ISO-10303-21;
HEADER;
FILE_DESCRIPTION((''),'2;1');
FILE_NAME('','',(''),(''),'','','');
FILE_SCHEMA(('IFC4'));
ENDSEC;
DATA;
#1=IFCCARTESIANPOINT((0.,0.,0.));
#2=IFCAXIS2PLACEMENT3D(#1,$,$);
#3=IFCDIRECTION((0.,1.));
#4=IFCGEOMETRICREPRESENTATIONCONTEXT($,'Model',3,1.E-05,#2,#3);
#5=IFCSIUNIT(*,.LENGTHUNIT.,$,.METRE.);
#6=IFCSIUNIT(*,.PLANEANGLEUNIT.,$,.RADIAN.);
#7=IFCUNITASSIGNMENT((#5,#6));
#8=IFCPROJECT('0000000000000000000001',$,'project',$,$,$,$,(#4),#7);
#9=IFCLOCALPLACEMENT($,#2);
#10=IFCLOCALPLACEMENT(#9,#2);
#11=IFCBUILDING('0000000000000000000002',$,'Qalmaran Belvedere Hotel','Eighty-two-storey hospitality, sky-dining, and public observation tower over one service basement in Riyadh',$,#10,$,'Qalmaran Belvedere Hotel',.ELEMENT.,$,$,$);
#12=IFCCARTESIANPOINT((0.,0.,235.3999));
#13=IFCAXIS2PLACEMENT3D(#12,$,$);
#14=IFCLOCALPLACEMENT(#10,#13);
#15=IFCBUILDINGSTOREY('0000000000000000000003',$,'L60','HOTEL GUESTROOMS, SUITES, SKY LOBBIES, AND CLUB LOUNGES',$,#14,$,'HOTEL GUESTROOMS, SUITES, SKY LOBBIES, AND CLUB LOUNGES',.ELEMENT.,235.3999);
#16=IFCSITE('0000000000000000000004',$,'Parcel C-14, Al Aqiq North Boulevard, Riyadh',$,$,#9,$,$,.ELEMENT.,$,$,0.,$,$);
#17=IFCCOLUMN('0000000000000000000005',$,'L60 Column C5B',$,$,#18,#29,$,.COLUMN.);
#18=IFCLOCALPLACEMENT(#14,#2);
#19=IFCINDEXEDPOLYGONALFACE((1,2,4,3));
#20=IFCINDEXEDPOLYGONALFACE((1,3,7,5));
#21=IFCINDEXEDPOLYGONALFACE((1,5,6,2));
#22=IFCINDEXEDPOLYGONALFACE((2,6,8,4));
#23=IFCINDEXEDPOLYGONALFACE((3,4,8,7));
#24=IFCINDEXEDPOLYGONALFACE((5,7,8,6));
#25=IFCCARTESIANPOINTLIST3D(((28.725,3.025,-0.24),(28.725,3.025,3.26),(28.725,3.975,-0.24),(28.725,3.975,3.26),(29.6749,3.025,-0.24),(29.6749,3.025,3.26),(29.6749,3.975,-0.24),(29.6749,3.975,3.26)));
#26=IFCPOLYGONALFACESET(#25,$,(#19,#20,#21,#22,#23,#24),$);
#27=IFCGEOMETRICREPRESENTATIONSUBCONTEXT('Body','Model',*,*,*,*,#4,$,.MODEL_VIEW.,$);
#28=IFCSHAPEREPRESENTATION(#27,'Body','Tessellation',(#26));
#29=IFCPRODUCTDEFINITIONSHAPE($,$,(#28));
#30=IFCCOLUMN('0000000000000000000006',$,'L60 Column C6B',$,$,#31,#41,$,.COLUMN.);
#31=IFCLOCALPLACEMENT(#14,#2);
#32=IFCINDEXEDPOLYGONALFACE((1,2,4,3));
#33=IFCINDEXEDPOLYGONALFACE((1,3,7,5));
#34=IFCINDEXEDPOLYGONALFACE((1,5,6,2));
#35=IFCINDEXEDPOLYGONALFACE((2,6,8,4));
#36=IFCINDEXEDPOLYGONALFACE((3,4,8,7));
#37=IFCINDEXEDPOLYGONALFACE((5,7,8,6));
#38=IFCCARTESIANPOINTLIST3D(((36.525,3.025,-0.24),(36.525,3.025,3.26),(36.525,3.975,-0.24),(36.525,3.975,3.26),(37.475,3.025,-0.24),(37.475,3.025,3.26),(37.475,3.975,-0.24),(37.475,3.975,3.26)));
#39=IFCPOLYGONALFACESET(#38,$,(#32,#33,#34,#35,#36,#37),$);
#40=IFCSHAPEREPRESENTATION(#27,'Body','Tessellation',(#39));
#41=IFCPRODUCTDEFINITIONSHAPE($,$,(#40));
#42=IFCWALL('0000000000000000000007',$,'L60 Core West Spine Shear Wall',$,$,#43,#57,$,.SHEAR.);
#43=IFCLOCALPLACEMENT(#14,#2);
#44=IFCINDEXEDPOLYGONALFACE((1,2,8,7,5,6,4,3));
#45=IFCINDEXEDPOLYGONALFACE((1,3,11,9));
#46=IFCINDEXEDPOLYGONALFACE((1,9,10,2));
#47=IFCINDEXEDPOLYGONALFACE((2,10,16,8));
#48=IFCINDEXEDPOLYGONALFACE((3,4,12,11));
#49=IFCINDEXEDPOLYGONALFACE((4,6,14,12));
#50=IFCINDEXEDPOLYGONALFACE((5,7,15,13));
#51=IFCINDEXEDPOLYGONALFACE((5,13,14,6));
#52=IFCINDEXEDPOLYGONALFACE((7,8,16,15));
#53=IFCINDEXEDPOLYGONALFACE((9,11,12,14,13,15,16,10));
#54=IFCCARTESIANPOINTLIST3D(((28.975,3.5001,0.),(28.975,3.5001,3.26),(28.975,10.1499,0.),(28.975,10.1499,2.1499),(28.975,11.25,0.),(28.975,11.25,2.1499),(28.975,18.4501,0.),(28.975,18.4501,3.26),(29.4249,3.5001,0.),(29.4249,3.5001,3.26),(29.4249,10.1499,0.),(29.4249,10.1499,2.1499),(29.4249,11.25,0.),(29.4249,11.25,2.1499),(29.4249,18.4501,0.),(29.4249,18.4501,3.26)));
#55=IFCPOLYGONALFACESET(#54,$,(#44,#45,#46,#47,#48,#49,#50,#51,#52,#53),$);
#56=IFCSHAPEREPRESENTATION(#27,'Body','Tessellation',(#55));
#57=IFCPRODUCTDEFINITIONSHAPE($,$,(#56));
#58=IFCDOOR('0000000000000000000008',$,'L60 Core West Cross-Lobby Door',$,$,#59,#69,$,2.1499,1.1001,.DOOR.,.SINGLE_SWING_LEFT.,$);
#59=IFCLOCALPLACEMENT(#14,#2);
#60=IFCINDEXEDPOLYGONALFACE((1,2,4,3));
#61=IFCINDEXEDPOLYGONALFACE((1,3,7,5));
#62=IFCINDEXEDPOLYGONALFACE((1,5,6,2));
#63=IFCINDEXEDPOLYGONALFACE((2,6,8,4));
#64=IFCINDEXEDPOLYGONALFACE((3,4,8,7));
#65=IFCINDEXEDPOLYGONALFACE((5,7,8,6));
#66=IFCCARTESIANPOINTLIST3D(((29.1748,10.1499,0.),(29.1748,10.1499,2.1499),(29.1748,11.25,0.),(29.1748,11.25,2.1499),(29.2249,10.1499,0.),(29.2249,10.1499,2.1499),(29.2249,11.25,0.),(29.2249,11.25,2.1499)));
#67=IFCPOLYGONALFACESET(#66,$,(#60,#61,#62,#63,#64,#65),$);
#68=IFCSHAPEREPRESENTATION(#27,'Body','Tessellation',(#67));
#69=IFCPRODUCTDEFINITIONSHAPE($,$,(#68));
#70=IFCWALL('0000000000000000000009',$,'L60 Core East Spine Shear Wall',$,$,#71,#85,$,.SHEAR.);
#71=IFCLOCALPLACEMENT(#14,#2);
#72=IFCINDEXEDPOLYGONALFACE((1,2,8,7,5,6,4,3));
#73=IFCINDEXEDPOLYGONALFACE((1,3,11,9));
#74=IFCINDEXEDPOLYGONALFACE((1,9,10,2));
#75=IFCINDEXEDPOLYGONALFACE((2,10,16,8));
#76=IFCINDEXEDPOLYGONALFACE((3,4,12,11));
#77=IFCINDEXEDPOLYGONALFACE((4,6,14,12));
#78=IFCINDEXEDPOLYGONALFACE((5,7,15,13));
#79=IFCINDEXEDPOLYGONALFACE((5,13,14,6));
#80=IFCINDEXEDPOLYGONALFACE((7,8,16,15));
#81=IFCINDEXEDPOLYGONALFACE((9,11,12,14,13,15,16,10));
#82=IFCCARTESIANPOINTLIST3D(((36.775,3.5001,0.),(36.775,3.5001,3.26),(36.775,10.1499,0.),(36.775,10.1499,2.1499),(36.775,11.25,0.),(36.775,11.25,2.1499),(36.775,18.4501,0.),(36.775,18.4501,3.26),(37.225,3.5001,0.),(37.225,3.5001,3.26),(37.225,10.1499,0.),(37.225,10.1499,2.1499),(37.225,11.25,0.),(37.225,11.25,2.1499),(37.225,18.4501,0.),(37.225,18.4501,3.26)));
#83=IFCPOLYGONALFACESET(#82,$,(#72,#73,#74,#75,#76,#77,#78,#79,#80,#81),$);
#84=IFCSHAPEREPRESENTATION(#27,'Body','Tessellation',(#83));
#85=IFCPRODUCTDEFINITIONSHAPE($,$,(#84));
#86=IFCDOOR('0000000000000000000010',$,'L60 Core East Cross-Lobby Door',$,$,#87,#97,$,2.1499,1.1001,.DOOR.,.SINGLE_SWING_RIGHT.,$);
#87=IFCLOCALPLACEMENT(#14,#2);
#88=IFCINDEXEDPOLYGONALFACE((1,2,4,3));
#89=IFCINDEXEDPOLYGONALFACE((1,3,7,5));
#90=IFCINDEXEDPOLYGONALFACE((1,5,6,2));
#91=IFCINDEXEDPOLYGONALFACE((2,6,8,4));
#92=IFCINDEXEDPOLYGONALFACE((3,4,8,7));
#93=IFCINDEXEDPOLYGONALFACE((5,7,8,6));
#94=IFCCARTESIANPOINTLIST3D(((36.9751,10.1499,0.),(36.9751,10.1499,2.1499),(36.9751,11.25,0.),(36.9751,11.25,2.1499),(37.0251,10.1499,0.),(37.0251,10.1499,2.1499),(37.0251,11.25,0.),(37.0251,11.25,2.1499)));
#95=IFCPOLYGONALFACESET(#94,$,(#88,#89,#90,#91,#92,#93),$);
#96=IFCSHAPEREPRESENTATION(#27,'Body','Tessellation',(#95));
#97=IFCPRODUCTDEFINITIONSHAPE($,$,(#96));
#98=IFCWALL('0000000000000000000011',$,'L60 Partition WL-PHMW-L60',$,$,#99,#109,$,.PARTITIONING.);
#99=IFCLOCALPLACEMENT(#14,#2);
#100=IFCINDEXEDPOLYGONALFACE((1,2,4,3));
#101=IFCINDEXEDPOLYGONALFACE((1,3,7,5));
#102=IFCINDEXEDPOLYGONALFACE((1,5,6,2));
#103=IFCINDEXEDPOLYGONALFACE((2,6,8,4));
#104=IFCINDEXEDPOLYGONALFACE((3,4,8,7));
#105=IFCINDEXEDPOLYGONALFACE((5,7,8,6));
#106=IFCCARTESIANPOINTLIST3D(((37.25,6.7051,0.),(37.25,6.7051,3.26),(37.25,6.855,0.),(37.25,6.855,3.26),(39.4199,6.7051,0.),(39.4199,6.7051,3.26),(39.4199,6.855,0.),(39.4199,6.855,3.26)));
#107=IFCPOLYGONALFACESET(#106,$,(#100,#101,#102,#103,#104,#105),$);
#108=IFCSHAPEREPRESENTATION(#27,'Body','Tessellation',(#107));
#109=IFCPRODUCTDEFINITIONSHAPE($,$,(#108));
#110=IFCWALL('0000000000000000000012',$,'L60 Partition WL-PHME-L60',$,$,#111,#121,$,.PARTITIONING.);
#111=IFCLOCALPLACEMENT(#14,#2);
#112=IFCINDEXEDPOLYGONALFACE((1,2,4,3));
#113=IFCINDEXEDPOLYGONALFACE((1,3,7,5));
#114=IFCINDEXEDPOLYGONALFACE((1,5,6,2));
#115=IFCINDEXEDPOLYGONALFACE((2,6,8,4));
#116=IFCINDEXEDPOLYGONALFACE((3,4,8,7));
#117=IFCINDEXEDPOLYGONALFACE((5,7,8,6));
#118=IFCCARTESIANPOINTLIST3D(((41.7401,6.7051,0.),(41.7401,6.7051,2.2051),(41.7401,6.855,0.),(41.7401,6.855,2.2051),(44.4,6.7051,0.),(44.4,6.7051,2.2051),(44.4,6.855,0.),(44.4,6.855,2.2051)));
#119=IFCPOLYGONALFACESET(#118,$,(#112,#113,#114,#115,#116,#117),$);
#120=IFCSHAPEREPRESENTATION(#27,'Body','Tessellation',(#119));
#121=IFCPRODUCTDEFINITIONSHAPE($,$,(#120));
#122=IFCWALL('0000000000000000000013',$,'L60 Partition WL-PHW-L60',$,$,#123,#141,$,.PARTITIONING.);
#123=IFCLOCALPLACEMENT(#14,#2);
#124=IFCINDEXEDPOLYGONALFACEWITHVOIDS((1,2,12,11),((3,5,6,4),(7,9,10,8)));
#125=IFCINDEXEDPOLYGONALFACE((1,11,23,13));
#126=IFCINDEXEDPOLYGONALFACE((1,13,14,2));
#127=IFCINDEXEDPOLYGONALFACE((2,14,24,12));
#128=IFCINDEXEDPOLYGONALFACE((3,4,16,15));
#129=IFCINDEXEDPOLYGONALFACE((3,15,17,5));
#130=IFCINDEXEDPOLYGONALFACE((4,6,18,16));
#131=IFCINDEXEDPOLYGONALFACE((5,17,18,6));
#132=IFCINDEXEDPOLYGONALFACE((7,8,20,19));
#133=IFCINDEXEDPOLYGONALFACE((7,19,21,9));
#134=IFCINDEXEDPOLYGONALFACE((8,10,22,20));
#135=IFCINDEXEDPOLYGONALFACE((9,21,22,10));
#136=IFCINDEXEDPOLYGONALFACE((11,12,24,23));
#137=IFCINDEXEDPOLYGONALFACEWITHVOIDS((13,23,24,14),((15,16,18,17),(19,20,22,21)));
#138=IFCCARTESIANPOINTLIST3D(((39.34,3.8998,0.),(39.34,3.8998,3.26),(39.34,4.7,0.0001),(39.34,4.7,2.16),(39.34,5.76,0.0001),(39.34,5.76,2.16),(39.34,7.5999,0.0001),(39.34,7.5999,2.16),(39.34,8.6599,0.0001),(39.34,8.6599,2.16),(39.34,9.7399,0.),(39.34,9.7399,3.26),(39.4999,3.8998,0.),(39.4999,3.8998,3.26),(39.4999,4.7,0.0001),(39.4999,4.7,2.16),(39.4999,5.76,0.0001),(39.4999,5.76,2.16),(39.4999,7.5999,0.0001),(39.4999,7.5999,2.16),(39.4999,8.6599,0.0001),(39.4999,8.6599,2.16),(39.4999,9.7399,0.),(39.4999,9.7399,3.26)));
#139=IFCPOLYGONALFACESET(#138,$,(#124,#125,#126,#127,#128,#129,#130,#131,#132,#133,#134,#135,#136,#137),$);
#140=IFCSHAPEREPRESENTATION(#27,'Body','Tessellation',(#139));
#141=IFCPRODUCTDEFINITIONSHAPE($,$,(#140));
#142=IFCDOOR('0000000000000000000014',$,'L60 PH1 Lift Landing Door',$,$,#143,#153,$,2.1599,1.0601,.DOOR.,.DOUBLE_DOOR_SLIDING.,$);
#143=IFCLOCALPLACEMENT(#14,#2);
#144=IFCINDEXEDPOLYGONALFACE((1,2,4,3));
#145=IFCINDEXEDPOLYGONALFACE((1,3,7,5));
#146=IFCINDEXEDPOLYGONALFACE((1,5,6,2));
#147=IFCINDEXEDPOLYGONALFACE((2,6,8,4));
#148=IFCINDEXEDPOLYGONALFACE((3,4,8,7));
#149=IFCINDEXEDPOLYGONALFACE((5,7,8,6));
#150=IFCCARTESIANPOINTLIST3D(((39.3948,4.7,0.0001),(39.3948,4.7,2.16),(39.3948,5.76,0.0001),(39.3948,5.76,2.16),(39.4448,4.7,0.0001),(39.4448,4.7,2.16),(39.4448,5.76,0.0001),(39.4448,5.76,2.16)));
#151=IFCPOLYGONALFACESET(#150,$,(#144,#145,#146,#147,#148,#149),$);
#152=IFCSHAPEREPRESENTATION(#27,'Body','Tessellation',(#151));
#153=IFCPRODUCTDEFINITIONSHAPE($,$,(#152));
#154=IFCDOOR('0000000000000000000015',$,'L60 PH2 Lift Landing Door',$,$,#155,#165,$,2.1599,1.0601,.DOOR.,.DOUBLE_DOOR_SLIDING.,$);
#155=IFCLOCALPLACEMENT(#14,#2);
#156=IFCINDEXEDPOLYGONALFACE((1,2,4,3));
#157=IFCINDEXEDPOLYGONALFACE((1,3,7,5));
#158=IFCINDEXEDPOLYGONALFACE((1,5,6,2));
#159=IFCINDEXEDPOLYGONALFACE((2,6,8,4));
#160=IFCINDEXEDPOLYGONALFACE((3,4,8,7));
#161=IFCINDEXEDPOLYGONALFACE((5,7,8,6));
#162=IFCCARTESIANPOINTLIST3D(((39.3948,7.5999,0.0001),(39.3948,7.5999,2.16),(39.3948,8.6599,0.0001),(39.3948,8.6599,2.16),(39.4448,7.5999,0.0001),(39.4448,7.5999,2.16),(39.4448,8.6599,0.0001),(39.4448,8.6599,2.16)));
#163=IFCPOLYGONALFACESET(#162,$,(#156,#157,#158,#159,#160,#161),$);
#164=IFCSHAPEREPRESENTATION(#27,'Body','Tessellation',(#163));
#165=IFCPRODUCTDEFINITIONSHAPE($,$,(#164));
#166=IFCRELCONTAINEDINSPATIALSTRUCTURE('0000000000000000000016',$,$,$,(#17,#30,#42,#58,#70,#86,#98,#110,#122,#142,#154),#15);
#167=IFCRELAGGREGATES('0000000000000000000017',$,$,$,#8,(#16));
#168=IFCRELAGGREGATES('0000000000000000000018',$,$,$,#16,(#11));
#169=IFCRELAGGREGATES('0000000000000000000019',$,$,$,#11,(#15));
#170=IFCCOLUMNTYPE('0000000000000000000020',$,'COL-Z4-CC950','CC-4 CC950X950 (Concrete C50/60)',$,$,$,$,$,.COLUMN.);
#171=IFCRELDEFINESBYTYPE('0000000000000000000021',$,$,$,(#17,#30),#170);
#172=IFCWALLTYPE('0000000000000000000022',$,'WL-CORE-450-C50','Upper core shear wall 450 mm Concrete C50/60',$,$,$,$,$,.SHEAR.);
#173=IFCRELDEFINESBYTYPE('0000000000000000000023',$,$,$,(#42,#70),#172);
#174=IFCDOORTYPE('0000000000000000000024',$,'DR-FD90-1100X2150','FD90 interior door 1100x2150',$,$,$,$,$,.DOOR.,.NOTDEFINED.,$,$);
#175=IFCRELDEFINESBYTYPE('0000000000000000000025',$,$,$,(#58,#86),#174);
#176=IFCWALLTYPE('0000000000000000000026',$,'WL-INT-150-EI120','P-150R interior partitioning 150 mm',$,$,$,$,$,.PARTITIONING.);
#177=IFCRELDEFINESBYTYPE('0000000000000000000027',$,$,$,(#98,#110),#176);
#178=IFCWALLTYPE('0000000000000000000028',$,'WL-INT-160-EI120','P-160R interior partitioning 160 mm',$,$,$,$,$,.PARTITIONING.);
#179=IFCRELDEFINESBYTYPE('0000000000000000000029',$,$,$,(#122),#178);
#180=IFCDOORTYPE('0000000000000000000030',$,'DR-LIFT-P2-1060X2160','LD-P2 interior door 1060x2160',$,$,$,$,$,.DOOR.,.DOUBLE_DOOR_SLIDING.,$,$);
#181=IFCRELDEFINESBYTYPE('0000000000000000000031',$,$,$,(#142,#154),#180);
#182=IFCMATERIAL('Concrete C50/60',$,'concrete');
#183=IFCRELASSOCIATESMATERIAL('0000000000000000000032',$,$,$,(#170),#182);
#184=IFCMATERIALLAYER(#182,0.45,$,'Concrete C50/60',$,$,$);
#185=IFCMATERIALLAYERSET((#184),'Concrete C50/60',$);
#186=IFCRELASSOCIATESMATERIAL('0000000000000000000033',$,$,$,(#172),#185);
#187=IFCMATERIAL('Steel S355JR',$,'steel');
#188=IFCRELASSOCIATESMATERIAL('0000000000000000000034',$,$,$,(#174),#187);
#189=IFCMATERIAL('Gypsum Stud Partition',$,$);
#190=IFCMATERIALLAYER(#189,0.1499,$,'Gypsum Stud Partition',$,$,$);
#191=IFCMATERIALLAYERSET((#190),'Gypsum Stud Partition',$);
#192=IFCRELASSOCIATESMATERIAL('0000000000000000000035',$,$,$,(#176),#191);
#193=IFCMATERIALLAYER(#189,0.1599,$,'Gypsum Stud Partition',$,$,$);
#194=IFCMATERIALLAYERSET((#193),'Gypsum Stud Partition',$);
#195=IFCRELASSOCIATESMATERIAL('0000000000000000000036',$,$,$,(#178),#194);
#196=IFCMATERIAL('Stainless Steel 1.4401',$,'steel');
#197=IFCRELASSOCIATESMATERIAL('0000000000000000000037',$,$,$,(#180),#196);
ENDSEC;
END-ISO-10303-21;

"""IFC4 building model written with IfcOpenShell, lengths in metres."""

from ifc_helpers import new_model, si_unit, direction, frame, frame_2d, origin, origin_2d, place, context, subcontext, project, spatial, rectangle, extrude, material, layer, layer_set, material_profile, profile_set, type_object, element, fill, save


model = new_model("IFC4")

# Units and contexts
model_context = context("Model", 3, precision=1e-05, world=origin(), true_north=direction((0.0, 1.0)))
body_context = subcontext(model_context, "Body", "Model", "MODEL_VIEW")
ifc_project = project(units=[si_unit("LENGTHUNIT", "METRE"), si_unit("PLANEANGLEUNIT", "RADIAN")], contexts=[model_context])

# Site, building, storey
site_placement = place(None, origin())
site = spatial("IfcSite", under=ifc_project, at=site_placement, Name="Parcel C-14, Al Aqiq North Boulevard, Riyadh", CompositionType="ELEMENT", RefElevation=0.0)
building_placement = place(site_placement, origin())
building = spatial("IfcBuilding", under=site, at=building_placement, Name="Qalmaran Belvedere Hotel", Description="Eighty-two-storey hospitality, sky-dining, and public observation tower over one service basement in Riyadh", LongName="Qalmaran Belvedere Hotel", CompositionType="ELEMENT")
storey_placement = place(building_placement, frame((0.0, 0.0, 235.3999)))
storey = spatial("IfcBuildingStorey", under=building, at=storey_placement, Name="L60", Description="HOTEL GUESTROOMS, SUITES, SKY LOBBIES, AND CLUB LOUNGES", LongName="HOTEL GUESTROOMS, SUITES, SKY LOBBIES, AND CLUB LOUNGES", CompositionType="ELEMENT", Elevation=235.3999)

# Columns
ifc_material_1 = material(Name="Concrete C50/60", Category="concrete")
ifc_material_profile = material_profile(ifc_material_1, rectangle(XDim=0.95, YDim=0.95, at=origin_2d()), Name="CC950X950")
ifc_profile_set = profile_set([ifc_material_profile], Name="Concrete C50/60")
column_type = type_object("IfcColumnType", Name="COL-Z4-CC950", Description="CC-4 CC950X950 (Concrete C50/60)", PredefinedType="COLUMN", material=ifc_profile_set)
for number, where, z_axis, x_axis, name in (
    (1, (29.2, 3.5, -0.24), (0.0, 0.0, 1.0), (1.0, 0.0, 0.0), "L60 Column C5B"),
    (2, (37.0, 3.5, -0.24), (0.0, 0.0, 1.0), (1.0, 0.0, 0.0), "L60 Column C6B"),
):
    element("IfcColumn", number, at=place(storey_placement, frame(where, z_axis=z_axis, x_axis=x_axis)), inside=storey, type_object=column_type, Name=name, PredefinedType="COLUMN", context=body_context, shape_type="SweptSolid", body=[
        extrude(rectangle(XDim=0.95, YDim=0.95, at=origin_2d()), origin(), (0.0, 0.0, 1.0), 3.5),
    ])

# Walls, openings, doors
ifc_layer_1 = layer(ifc_material_1, 0.45, Name="Concrete C50/60")
ifc_layer_set_1 = layer_set([ifc_layer_1], Name="Concrete C50/60")
wall_type_1 = type_object("IfcWallType", Name="WL-CORE-450-C50", Description="Upper core shear wall 450 mm Concrete C50/60", PredefinedType="SHEAR", material=ifc_layer_set_1)
wall_1_placement = place(storey_placement, frame((29.2, 3.5, 0.0), z_axis=(0.0, 0.0, 1.0), x_axis=(0.0, 1.0, 0.0)))
wall_1 = element("IfcWall", 3, at=wall_1_placement, inside=storey, type_object=wall_type_1, Name="L60 Core West Spine Shear Wall", PredefinedType="SHEAR", context=body_context, shape_type="SweptSolid", body=[
    extrude(rectangle(XDim=14.95, YDim=0.45, at=frame_2d((7.4751, 0.0))), origin(), (0.0, 0.0, 1.0), 3.26),
])
opening_1_placement = place(wall_1_placement, frame((7.75, 0.0, 0.0), z_axis=(0.0, 0.0, 1.0), x_axis=(-1.0, 0.0, 0.0)))
opening_1 = element("IfcOpeningElement", 4, at=opening_1_placement, cuts=wall_1, PredefinedType="OPENING", context=body_context, shape_type="SweptSolid", body=[
    extrude(rectangle(XDim=1.1001, YDim=2.1499, at=frame_2d((0.55, 1.075))), frame((0.0, 0.2349, 0.0), z_axis=(0.0, -1.0, 0.0), x_axis=(1.0, 0.0, 0.0)), (0.0, 0.0, 1.0), 0.47),
])
ifc_material_2 = material(Name="Steel S355JR", Category="steel")
door_type_1 = type_object("IfcDoorType", Name="DR-FD90-1100X2150", Description="FD90 interior door 1100x2150", OperationType="NOTDEFINED", PredefinedType="DOOR", material=ifc_material_2)
door_1_placement = place(opening_1_placement, origin())
door_1 = element("IfcDoor", 5, at=door_1_placement, inside=storey, type_object=door_type_1, Name="L60 Core West Cross-Lobby Door", OperationType="SINGLE_SWING_LEFT", OverallHeight=2.1499, OverallWidth=1.1001, PredefinedType="DOOR", context=body_context, shape_type="SweptSolid", body=[
    extrude(rectangle(XDim=1.1001, YDim=2.1499, at=frame_2d((0.55, 1.075))), frame((0.0, 0.0249, 0.0), z_axis=(0.0, -1.0, 0.0), x_axis=(1.0, 0.0, 0.0)), (0.0, 0.0, 1.0), 0.05),
])
fill(opening_1, door_1)
wall_2_placement = place(storey_placement, frame((37.0, 3.5, 0.0), z_axis=(0.0, 0.0, 1.0), x_axis=(0.0, 1.0, 0.0)))
wall_2 = element("IfcWall", 6, at=wall_2_placement, inside=storey, type_object=wall_type_1, Name="L60 Core East Spine Shear Wall", PredefinedType="SHEAR", context=body_context, shape_type="SweptSolid", body=[
    extrude(rectangle(XDim=14.95, YDim=0.45, at=frame_2d((7.4751, 0.0))), origin(), (0.0, 0.0, 1.0), 3.26),
])
opening_2_placement = place(wall_2_placement, frame((6.6499, 0.0, 0.0)))
opening_2 = element("IfcOpeningElement", 7, at=opening_2_placement, cuts=wall_2, PredefinedType="OPENING", context=body_context, shape_type="SweptSolid", body=[
    extrude(rectangle(XDim=1.1001, YDim=2.1499, at=frame_2d((0.55, 1.075))), frame((0.0, 0.2349, 0.0), z_axis=(0.0, -1.0, 0.0), x_axis=(1.0, 0.0, 0.0)), (0.0, 0.0, 1.0), 0.47),
])
door_2_placement = place(opening_2_placement, origin())
door_2 = element("IfcDoor", 8, at=door_2_placement, inside=storey, type_object=door_type_1, Name="L60 Core East Cross-Lobby Door", OperationType="SINGLE_SWING_RIGHT", OverallHeight=2.1499, OverallWidth=1.1001, PredefinedType="DOOR", context=body_context, shape_type="SweptSolid", body=[
    extrude(rectangle(XDim=1.1001, YDim=2.1499, at=frame_2d((0.55, 1.075))), frame((0.0, 0.0249, 0.0), z_axis=(0.0, -1.0, 0.0), x_axis=(1.0, 0.0, 0.0)), (0.0, 0.0, 1.0), 0.05),
])
fill(opening_2, door_2)

# Walls
ifc_material_3 = material(Name="Gypsum Stud Partition")
ifc_layer_2 = layer(ifc_material_3, 0.1499, Name="Gypsum Stud Partition")
ifc_layer_set_2 = layer_set([ifc_layer_2], Name="Gypsum Stud Partition")
wall_type_2 = type_object("IfcWallType", Name="WL-INT-150-EI120", Description="P-150R interior partitioning 150 mm", PredefinedType="PARTITIONING", material=ifc_layer_set_2)
wall_3_placement = place(storey_placement, frame((37.25, 6.78, 0.0), z_axis=(0.0, 0.0, 1.0), x_axis=(1.0, 0.0, 0.0)))
element("IfcWall", 9, at=wall_3_placement, inside=storey, type_object=wall_type_2, Name="L60 Partition WL-PHMW-L60", PredefinedType="PARTITIONING", context=body_context, shape_type="SweptSolid", body=[
    extrude(rectangle(XDim=2.1699, YDim=0.1499, at=frame_2d((1.085, 0.0))), origin(), (0.0, 0.0, 1.0), 3.26),
])
wall_4_placement = place(storey_placement, frame((41.74, 6.78, 0.0), z_axis=(0.0, 0.0, 1.0), x_axis=(1.0, 0.0, 0.0)))
element("IfcWall", 10, at=wall_4_placement, inside=storey, type_object=wall_type_2, Name="L60 Partition WL-PHME-L60", PredefinedType="PARTITIONING", context=body_context, shape_type="SweptSolid", body=[
    extrude(rectangle(XDim=2.6599, YDim=0.1499, at=frame_2d((1.3301, 0.0))), origin(), (0.0, 0.0, 1.0), 2.2051),
])

# Wall, openings, doors
ifc_layer_3 = layer(ifc_material_3, 0.1599, Name="Gypsum Stud Partition")
ifc_layer_set_3 = layer_set([ifc_layer_3], Name="Gypsum Stud Partition")
wall_type_3 = type_object("IfcWallType", Name="WL-INT-160-EI120", Description="P-160R interior partitioning 160 mm", PredefinedType="PARTITIONING", material=ifc_layer_set_3)
wall_5_placement = place(storey_placement, frame((39.4199, 3.8999, 0.0), z_axis=(0.0, 0.0, 1.0), x_axis=(0.0, 1.0, 0.0)))
wall_5 = element("IfcWall", 11, at=wall_5_placement, inside=storey, type_object=wall_type_3, Name="L60 Partition WL-PHW-L60", PredefinedType="PARTITIONING", context=body_context, shape_type="SweptSolid", body=[
    extrude(rectangle(XDim=5.8401, YDim=0.1599, at=frame_2d((2.9199, 0.0))), origin(), (0.0, 0.0, 1.0), 3.26),
])
opening_3_placement = place(wall_5_placement, frame((1.8601, 0.0, 0.0), z_axis=(0.0, 0.0, 1.0), x_axis=(-1.0, 0.0, 0.0)))
opening_3 = element("IfcOpeningElement", 12, at=opening_3_placement, cuts=wall_5, PredefinedType="OPENING", context=body_context, shape_type="SweptSolid", body=[
    extrude(rectangle(XDim=1.0601, YDim=2.1599, at=frame_2d((0.53, 1.0801))), frame((0.0, 0.0898, 0.0), z_axis=(0.0, -1.0, 0.0), x_axis=(1.0, 0.0, 0.0)), (0.0, 0.0, 1.0), 0.1799),
])
opening_4_placement = place(wall_5_placement, frame((4.76, 0.0, 0.0), z_axis=(0.0, 0.0, 1.0), x_axis=(-1.0, 0.0, 0.0)))
opening_4 = element("IfcOpeningElement", 13, at=opening_4_placement, cuts=wall_5, PredefinedType="OPENING", context=body_context, shape_type="SweptSolid", body=[
    extrude(rectangle(XDim=1.0601, YDim=2.1599, at=frame_2d((0.53, 1.0801))), frame((0.0, 0.0898, 0.0), z_axis=(0.0, -1.0, 0.0), x_axis=(1.0, 0.0, 0.0)), (0.0, 0.0, 1.0), 0.1799),
])
ifc_material_4 = material(Name="Stainless Steel 1.4401", Category="steel")
door_type_2 = type_object("IfcDoorType", Name="DR-LIFT-P2-1060X2160", Description="LD-P2 interior door 1060x2160", OperationType="DOUBLE_DOOR_SLIDING", PredefinedType="DOOR", material=ifc_material_4)
door_3_placement = place(opening_3_placement, origin())
door_3 = element("IfcDoor", 14, at=door_3_placement, inside=storey, type_object=door_type_2, Name="L60 PH1 Lift Landing Door", OperationType="DOUBLE_DOOR_SLIDING", OverallHeight=2.1599, OverallWidth=1.0601, PredefinedType="DOOR", context=body_context, shape_type="SweptSolid", body=[
    extrude(rectangle(XDim=1.0601, YDim=2.1599, at=frame_2d((0.53, 1.0801))), frame((0.0, 0.0249, 0.0), z_axis=(0.0, -1.0, 0.0), x_axis=(1.0, 0.0, 0.0)), (0.0, 0.0, 1.0), 0.05),
])
fill(opening_3, door_3)
door_4_placement = place(opening_4_placement, origin())
door_4 = element("IfcDoor", 15, at=door_4_placement, inside=storey, type_object=door_type_2, Name="L60 PH2 Lift Landing Door", OperationType="DOUBLE_DOOR_SLIDING", OverallHeight=2.1599, OverallWidth=1.0601, PredefinedType="DOOR", context=body_context, shape_type="SweptSolid", body=[
    extrude(rectangle(XDim=1.0601, YDim=2.1599, at=frame_2d((0.53, 1.0801))), frame((0.0, 0.0249, 0.0), z_axis=(0.0, -1.0, 0.0), x_axis=(1.0, 0.0, 0.0)), (0.0, 0.0, 1.0), 0.05),
])
fill(opening_4, door_4)

save(model, "model.ifc")
